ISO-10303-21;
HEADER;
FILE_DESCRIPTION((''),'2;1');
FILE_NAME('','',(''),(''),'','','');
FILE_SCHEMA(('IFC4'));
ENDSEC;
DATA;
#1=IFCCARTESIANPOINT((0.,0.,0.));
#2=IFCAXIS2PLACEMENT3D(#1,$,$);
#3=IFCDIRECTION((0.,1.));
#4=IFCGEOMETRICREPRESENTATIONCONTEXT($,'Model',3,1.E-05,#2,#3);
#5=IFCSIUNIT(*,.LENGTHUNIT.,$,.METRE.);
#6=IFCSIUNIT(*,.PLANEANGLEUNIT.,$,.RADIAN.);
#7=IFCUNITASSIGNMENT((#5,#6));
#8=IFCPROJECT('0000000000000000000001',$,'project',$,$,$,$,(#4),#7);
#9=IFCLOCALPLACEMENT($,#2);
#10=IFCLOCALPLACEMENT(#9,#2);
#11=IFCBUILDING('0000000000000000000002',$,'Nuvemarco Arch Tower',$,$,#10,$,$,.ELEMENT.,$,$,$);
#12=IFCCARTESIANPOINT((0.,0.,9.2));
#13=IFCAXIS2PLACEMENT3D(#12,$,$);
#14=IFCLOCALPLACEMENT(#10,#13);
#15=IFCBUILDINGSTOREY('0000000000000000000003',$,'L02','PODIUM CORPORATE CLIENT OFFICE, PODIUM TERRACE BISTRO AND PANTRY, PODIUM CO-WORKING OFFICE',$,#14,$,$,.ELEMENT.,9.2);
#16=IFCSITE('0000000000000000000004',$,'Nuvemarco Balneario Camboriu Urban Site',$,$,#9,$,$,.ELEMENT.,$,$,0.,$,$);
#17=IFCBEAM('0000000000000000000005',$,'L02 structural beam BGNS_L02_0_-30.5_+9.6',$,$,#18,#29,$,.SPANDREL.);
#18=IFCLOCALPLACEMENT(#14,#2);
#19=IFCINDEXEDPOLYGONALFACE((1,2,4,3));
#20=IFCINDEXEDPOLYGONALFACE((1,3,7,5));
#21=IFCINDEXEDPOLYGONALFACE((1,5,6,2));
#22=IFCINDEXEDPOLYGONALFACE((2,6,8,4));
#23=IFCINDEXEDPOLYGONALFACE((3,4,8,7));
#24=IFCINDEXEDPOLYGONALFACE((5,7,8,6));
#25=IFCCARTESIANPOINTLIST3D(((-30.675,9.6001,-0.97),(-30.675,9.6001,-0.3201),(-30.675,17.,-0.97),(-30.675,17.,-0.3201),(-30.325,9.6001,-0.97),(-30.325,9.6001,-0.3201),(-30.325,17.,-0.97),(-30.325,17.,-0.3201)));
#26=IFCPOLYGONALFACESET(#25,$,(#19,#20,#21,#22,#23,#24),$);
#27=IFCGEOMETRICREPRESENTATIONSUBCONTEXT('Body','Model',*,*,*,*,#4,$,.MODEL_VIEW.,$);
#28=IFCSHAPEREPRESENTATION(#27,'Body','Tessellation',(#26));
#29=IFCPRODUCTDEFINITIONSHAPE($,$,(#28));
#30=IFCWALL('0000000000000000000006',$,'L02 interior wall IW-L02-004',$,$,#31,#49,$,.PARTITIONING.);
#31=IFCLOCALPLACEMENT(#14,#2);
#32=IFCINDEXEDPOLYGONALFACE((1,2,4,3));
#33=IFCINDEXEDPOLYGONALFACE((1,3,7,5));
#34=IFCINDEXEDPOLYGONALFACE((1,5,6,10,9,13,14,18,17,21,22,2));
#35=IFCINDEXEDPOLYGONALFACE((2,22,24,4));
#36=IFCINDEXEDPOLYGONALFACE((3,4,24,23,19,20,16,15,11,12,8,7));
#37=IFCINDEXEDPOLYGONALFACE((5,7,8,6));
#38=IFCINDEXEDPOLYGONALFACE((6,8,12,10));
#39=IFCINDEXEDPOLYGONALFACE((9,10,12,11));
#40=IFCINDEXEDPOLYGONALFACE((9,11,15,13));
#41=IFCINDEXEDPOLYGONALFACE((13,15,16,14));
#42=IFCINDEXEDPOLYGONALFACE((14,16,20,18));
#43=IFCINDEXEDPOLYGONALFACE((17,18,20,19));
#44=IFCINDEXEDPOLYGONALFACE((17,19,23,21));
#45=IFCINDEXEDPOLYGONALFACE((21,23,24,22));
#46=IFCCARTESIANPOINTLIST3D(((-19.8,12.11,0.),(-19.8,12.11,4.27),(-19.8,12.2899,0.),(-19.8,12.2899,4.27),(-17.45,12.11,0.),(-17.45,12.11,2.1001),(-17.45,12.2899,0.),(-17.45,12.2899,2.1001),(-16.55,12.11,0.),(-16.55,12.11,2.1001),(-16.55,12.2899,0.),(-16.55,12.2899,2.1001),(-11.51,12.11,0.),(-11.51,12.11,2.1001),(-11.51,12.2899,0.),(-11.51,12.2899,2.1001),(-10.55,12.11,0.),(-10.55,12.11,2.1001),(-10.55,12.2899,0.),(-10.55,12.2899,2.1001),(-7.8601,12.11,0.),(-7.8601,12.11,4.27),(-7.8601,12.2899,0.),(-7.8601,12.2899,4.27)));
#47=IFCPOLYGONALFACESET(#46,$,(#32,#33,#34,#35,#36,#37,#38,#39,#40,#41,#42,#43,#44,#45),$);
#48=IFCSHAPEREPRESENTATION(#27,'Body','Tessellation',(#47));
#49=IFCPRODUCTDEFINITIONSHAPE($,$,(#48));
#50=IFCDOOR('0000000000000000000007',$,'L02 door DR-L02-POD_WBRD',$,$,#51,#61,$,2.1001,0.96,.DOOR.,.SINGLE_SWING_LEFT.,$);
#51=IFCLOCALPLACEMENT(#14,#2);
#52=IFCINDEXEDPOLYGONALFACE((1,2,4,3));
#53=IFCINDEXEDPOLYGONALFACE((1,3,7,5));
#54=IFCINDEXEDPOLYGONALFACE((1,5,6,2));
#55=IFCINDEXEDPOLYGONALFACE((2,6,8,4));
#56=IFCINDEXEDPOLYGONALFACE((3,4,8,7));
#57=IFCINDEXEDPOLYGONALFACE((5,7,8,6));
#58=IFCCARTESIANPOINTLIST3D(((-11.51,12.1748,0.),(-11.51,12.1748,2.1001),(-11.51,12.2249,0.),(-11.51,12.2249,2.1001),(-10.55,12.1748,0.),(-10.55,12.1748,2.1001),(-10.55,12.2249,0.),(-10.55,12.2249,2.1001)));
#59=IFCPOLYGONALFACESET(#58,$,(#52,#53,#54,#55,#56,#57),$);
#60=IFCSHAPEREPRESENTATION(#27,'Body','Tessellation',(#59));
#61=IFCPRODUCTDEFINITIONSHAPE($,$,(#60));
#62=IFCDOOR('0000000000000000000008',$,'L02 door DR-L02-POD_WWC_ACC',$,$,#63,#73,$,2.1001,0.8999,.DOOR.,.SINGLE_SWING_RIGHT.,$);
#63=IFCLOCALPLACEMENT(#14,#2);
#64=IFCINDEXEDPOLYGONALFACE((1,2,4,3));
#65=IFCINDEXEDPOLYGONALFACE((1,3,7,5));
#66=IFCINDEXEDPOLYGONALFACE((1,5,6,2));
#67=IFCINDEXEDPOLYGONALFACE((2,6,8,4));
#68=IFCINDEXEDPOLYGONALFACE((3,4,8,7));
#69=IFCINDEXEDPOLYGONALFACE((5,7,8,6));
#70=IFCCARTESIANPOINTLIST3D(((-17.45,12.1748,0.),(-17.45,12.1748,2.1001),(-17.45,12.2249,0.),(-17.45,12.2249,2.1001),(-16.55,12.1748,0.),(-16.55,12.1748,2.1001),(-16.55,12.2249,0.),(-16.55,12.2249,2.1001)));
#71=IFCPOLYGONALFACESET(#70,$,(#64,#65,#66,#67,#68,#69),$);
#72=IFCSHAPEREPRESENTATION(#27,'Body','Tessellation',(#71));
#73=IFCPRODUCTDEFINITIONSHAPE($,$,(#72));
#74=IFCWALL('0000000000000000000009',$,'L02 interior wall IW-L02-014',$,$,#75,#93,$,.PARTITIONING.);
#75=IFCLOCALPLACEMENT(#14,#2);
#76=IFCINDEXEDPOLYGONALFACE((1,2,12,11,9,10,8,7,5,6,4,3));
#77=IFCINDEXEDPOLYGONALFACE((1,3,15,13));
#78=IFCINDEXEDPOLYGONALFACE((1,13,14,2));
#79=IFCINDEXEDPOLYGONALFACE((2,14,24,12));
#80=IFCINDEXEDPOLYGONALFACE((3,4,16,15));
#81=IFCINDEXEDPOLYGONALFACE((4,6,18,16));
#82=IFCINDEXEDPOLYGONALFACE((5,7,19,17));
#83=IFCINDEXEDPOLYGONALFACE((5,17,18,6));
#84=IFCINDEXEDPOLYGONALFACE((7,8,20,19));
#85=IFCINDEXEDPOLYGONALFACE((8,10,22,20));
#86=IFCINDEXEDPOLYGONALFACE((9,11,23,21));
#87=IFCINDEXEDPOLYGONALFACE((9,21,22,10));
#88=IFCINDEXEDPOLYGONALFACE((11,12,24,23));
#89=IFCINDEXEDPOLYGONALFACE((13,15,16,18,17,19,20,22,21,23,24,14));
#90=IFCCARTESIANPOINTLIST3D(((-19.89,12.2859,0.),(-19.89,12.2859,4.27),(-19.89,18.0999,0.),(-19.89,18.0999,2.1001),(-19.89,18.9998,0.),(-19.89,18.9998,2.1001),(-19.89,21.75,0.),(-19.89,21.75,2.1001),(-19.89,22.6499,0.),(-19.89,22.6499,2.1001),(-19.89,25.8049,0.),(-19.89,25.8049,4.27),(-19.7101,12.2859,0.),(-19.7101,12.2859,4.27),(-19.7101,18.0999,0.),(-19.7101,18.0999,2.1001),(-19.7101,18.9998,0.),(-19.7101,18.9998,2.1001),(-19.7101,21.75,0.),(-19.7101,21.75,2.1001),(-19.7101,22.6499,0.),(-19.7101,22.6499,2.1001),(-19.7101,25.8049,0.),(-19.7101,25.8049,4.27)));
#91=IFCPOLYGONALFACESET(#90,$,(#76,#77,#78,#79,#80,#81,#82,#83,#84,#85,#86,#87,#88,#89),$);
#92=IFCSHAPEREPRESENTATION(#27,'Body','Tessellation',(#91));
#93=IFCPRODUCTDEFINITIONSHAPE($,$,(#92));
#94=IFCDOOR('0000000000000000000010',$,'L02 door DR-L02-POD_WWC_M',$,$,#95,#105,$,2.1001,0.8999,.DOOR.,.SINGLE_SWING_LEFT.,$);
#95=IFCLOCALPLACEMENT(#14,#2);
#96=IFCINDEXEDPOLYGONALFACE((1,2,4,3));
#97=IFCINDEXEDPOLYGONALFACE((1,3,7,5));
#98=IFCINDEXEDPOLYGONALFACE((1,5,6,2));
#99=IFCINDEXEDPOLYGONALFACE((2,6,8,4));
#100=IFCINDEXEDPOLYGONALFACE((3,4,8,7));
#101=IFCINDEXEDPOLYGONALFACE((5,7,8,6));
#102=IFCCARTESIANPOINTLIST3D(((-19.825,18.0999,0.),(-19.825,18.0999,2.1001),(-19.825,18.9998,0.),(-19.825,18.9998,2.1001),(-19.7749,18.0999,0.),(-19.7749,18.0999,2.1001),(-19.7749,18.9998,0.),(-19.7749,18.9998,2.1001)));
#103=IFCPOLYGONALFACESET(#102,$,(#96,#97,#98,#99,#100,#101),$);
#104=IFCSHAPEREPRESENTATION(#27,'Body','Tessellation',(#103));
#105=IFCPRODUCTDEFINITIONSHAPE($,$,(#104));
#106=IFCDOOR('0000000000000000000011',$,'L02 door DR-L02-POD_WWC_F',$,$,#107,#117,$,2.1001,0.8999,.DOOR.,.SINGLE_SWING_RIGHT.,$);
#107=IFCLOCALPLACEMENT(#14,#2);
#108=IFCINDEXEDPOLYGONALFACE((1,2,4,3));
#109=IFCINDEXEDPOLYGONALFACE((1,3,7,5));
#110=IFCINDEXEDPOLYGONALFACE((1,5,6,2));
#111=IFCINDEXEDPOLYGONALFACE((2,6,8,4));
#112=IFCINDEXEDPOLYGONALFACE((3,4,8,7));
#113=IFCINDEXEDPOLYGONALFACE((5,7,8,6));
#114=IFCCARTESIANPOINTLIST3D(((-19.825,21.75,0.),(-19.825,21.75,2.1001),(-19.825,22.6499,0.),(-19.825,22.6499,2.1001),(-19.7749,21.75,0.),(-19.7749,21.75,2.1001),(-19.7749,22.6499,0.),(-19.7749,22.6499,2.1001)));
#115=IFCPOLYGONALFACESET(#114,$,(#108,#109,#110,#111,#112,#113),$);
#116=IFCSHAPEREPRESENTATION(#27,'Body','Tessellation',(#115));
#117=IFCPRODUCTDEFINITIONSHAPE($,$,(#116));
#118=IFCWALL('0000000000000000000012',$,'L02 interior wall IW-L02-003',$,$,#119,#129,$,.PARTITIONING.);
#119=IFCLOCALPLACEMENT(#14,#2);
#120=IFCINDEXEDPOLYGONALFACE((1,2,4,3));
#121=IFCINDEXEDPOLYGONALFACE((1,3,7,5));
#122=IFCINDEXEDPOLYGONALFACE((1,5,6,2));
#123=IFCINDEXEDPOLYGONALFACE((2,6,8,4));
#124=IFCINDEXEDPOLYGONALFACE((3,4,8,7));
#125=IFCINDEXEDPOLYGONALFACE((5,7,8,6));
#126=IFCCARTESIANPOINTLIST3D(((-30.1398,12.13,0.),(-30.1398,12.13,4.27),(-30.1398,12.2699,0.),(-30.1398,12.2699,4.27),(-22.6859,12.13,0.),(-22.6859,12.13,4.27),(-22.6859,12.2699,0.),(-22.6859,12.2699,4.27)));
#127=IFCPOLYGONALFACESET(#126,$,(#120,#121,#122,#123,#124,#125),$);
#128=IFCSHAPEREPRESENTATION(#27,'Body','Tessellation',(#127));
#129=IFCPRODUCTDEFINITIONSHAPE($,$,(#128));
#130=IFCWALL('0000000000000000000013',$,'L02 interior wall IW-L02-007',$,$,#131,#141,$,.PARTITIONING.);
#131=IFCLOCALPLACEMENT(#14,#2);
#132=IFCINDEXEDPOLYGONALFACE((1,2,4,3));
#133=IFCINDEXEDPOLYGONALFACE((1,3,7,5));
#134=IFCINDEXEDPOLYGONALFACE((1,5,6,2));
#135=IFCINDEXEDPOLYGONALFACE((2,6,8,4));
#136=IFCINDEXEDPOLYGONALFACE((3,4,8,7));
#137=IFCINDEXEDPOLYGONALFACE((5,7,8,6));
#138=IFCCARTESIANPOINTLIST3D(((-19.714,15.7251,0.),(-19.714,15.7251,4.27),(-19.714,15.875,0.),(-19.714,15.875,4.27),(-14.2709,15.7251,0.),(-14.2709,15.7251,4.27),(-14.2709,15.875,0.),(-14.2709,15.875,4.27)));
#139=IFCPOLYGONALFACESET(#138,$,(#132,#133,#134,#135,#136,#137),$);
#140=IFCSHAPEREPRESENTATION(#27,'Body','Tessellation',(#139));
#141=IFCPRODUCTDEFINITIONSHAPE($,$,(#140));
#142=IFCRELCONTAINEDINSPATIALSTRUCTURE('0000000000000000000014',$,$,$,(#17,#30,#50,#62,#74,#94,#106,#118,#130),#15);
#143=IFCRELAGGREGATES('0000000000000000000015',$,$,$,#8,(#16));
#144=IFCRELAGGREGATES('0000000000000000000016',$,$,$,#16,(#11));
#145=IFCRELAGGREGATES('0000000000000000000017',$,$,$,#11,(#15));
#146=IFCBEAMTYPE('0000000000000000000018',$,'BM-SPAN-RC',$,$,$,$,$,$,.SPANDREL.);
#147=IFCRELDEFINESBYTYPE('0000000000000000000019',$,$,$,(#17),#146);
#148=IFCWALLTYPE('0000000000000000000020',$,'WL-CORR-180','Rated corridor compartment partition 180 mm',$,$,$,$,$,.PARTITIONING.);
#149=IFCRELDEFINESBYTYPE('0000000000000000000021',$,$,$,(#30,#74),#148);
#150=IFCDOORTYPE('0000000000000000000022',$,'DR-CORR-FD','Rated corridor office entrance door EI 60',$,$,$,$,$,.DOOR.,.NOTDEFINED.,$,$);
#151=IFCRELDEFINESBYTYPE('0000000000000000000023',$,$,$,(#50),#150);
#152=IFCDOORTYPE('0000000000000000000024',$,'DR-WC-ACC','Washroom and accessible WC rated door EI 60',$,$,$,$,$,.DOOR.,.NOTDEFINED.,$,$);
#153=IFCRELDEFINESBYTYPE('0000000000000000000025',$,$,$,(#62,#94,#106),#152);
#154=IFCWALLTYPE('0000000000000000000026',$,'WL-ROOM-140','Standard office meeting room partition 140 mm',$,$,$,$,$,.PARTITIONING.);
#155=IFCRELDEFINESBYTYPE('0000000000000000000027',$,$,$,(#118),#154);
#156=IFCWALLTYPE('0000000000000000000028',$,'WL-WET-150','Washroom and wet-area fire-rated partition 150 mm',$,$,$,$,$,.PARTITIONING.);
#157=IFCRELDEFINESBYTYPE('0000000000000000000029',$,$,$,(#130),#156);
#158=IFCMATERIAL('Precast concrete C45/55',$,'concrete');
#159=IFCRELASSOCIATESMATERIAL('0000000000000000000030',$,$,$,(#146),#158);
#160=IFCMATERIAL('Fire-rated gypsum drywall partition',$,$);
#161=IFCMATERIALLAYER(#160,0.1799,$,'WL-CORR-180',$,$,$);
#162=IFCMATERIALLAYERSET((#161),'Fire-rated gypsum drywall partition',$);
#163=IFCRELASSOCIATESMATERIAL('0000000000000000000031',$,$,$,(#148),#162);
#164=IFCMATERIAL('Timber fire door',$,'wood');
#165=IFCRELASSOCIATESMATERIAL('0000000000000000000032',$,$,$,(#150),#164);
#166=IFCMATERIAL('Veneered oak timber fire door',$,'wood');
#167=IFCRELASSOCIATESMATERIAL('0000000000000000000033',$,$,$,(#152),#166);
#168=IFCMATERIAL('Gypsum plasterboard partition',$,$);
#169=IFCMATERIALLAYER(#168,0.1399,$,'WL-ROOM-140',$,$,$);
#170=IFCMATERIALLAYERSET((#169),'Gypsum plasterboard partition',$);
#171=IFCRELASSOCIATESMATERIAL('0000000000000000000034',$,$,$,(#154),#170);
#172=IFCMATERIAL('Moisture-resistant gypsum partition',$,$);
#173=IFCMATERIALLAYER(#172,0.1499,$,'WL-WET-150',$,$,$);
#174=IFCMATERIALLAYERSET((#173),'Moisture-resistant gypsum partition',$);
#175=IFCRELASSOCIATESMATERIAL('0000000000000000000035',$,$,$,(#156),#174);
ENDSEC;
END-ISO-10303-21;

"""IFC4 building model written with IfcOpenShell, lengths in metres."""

from ifc_helpers import new_model, si_unit, direction, frame, frame_2d, origin, origin_2d, place, context, subcontext, project, spatial, rectangle, extrude, source, transform, mapped, material, layer, layer_set, material_profile, profile_set, type_object, type_shapes, element, fill, save


model = new_model("IFC4")

# Units and contexts
model_context = context("Model", 3, precision=1e-05, world=origin(), true_north=direction((0.0, 1.0)))
body_context = subcontext(model_context, "Body", "Model", "MODEL_VIEW")
ifc_project = project(units=[si_unit("LENGTHUNIT", "METRE"), si_unit("PLANEANGLEUNIT", "RADIAN")], contexts=[model_context])

# Site, building, storey
site_placement = place(None, origin())
site = spatial("IfcSite", under=ifc_project, at=site_placement, Name="Nuvemarco Balneario Camboriu Urban Site", CompositionType="ELEMENT", RefElevation=0.0)
building_placement = place(site_placement, origin())
building = spatial("IfcBuilding", under=site, at=building_placement, Name="Nuvemarco Arch Tower", CompositionType="ELEMENT")
storey_placement = place(building_placement, frame((0.0, 0.0, 9.2)))
storey = spatial("IfcBuildingStorey", under=building, at=storey_placement, Name="L02", Description="PODIUM CORPORATE CLIENT OFFICE, PODIUM TERRACE BISTRO AND PANTRY, PODIUM CO-WORKING OFFICE", CompositionType="ELEMENT", Elevation=9.2)

# Beam
ifc_material_1 = material(Name="Precast concrete C45/55", Category="concrete")
ifc_material_profile_1 = material_profile(ifc_material_1, rectangle(XDim=0.3501, YDim=0.6499, at=origin_2d()), Name="PC-SP-350x650")
ifc_profile_set_1 = profile_set([ifc_material_profile_1], Name="Precast concrete C45/55")
beam_type_1 = type_object("IfcBeamType", Name="BM-SPAN-RC", PredefinedType="SPANDREL", material=ifc_profile_set_1)
beam_1_placement = place(storey_placement, frame((-30.5, 9.6001, -0.645), z_axis=(0.0, 1.0, 0.0), x_axis=(-1.0, 0.0, 0.0)))
element("IfcBeam", 1, at=beam_1_placement, inside=storey, type_object=beam_type_1, Name="L02 structural beam BGNS_L02_0_-30.5_+9.6", PredefinedType="SPANDREL", context=body_context, shape_type="SweptSolid", body=[
    extrude(rectangle(XDim=0.3501, YDim=0.6499, at=origin_2d()), origin(), (0.0, 0.0, 1.0), 7.3999),
])

# Walls, openings, doors
ifc_material_2 = material(Name="Fire-rated gypsum drywall partition")
ifc_layer_1 = layer(ifc_material_2, 0.1799, Name="WL-CORR-180")
ifc_layer_set_1 = layer_set([ifc_layer_1], Name="Fire-rated gypsum drywall partition")
wall_type_1 = type_object("IfcWallType", Name="WL-CORR-180", Description="Rated corridor compartment partition 180 mm", PredefinedType="PARTITIONING", material=ifc_layer_set_1)
wall_1_placement = place(storey_placement, frame((-19.8, 12.2, 0.0), z_axis=(0.0, 0.0, 1.0), x_axis=(1.0, 0.0, 0.0)))
wall_1 = element("IfcWall", 2, at=wall_1_placement, inside=storey, type_object=wall_type_1, Name="L02 interior wall IW-L02-004", PredefinedType="PARTITIONING", context=body_context, shape_type="SweptSolid", body=[
    extrude(rectangle(XDim=11.9399, YDim=0.1799, at=frame_2d((5.97, 0.0))), origin(), (0.0, 0.0, 1.0), 4.27),
])
opening_1_placement = place(wall_1_placement, frame((8.29, 0.0, 0.0)))
opening_1 = element("IfcOpeningElement", 3, at=opening_1_placement, cuts=wall_1, PredefinedType="OPENING", context=body_context, shape_type="SweptSolid", body=[
    extrude(rectangle(XDim=0.96, YDim=2.1001, at=frame_2d((0.48, 1.05))), frame((0.0, 0.0999, 0.0), z_axis=(0.0, -1.0, 0.0), x_axis=(1.0, 0.0, 0.0)), (0.0, 0.0, 1.0), 0.2),
])
opening_2_placement = place(wall_1_placement, frame((2.3501, 0.0, 0.0)))
opening_2 = element("IfcOpeningElement", 4, at=opening_2_placement, cuts=wall_1, PredefinedType="OPENING", context=body_context, shape_type="SweptSolid", body=[
    extrude(rectangle(XDim=0.8999, YDim=2.1001, at=frame_2d((0.45, 1.05))), frame((0.0, 0.0999, 0.0), z_axis=(0.0, -1.0, 0.0), x_axis=(1.0, 0.0, 0.0)), (0.0, 0.0, 1.0), 0.2),
])
ifc_material_3 = material(Name="Timber fire door", Category="wood")
door_type_1 = type_object("IfcDoorType", Name="DR-CORR-FD", Description="Rated corridor office entrance door EI 60", OperationType="NOTDEFINED", PredefinedType="DOOR", material=ifc_material_3)
shared_shape_1 = source(origin(), body_context, "Body", "SweptSolid", [
    extrude(rectangle(XDim=0.96, YDim=2.1001, at=frame_2d((0.48, 1.05))), frame((0.0, 0.0249, 0.0), z_axis=(0.0, -1.0, 0.0), x_axis=(1.0, 0.0, 0.0)), (0.0, 0.0, 1.0), 0.05),
])
type_shapes(door_type_1, [shared_shape_1])
door_1_placement = place(opening_1_placement, origin())
door_1 = element("IfcDoor", 5, at=door_1_placement, inside=storey, type_object=door_type_1, Name="L02 door DR-L02-POD_WBRD", OperationType="SINGLE_SWING_LEFT", OverallHeight=2.1001, OverallWidth=0.96, PredefinedType="DOOR", context=body_context, shape_type="MappedRepresentation", body=[
    mapped(shared_shape_1, transform((0.0, 0.0, 0.0), scale=1.0)),
])
fill(opening_1, door_1)
ifc_material_4 = material(Name="Veneered oak timber fire door", Category="wood")
door_type_2 = type_object("IfcDoorType", Name="DR-WC-ACC", Description="Washroom and accessible WC rated door EI 60", OperationType="NOTDEFINED", PredefinedType="DOOR", material=ifc_material_4)
shared_shape_2 = source(origin(), body_context, "Body", "SweptSolid", [
    extrude(rectangle(XDim=0.8999, YDim=2.1001, at=frame_2d((0.45, 1.05))), frame((0.0, 0.0249, 0.0), z_axis=(0.0, -1.0, 0.0), x_axis=(1.0, 0.0, 0.0)), (0.0, 0.0, 1.0), 0.05),
])
type_shapes(door_type_2, [shared_shape_2])
door_2_placement = place(opening_2_placement, origin())
door_2 = element("IfcDoor", 6, at=door_2_placement, inside=storey, type_object=door_type_2, Name="L02 door DR-L02-POD_WWC_ACC", OperationType="SINGLE_SWING_RIGHT", OverallHeight=2.1001, OverallWidth=0.8999, PredefinedType="DOOR", context=body_context, shape_type="MappedRepresentation", body=[
    mapped(shared_shape_2, transform((0.0, 0.0, 0.0), scale=1.0)),
])
fill(opening_2, door_2)
wall_2_placement = place(storey_placement, frame((-19.8, 12.2859, 0.0), z_axis=(0.0, 0.0, 1.0), x_axis=(0.0, 1.0, 0.0)))
wall_2 = element("IfcWall", 7, at=wall_2_placement, inside=storey, type_object=wall_type_1, Name="L02 interior wall IW-L02-014", PredefinedType="PARTITIONING", context=body_context, shape_type="SweptSolid", body=[
    extrude(rectangle(XDim=13.519, YDim=0.1799, at=frame_2d((6.7595, 0.0))), origin(), (0.0, 0.0, 1.0), 4.27),
])
opening_3_placement = place(wall_2_placement, frame((5.814, 0.0, 0.0)))
opening_3 = element("IfcOpeningElement", 8, at=opening_3_placement, cuts=wall_2, PredefinedType="OPENING", context=body_context, shape_type="SweptSolid", body=[
    extrude(rectangle(XDim=0.8999, YDim=2.1001, at=frame_2d((0.45, 1.05))), frame((0.0, 0.0999, 0.0), z_axis=(0.0, -1.0, 0.0), x_axis=(1.0, 0.0, 0.0)), (0.0, 0.0, 1.0), 0.2),
])
opening_4_placement = place(wall_2_placement, frame((9.4641, 0.0, 0.0)))
opening_4 = element("IfcOpeningElement", 9, at=opening_4_placement, cuts=wall_2, PredefinedType="OPENING", context=body_context, shape_type="SweptSolid", body=[
    extrude(rectangle(XDim=0.8999, YDim=2.1001, at=frame_2d((0.45, 1.05))), frame((0.0, 0.0999, 0.0), z_axis=(0.0, -1.0, 0.0), x_axis=(1.0, 0.0, 0.0)), (0.0, 0.0, 1.0), 0.2),
])
door_3_placement = place(opening_3_placement, origin())
door_3 = element("IfcDoor", 10, at=door_3_placement, inside=storey, type_object=door_type_2, Name="L02 door DR-L02-POD_WWC_M", OperationType="SINGLE_SWING_LEFT", OverallHeight=2.1001, OverallWidth=0.8999, PredefinedType="DOOR", context=body_context, shape_type="MappedRepresentation", body=[
    mapped(shared_shape_2, transform((0.0, 0.0, 0.0), scale=1.0)),
])
fill(opening_3, door_3)
door_4_placement = place(opening_4_placement, origin())
door_4 = element("IfcDoor", 11, at=door_4_placement, inside=storey, type_object=door_type_2, Name="L02 door DR-L02-POD_WWC_F", OperationType="SINGLE_SWING_RIGHT", OverallHeight=2.1001, OverallWidth=0.8999, PredefinedType="DOOR", context=body_context, shape_type="MappedRepresentation", body=[
    mapped(shared_shape_2, transform((0.0, 0.0, 0.0), scale=1.0)),
])
fill(opening_4, door_4)

# Walls
ifc_material_5 = material(Name="Gypsum plasterboard partition")
ifc_layer_2 = layer(ifc_material_5, 0.1399, Name="WL-ROOM-140")
ifc_layer_set_2 = layer_set([ifc_layer_2], Name="Gypsum plasterboard partition")
wall_type_2 = type_object("IfcWallType", Name="WL-ROOM-140", Description="Standard office meeting room partition 140 mm", PredefinedType="PARTITIONING", material=ifc_layer_set_2)
wall_3_placement = place(storey_placement, frame((-30.1399, 12.2, 0.0), z_axis=(0.0, 0.0, 1.0), x_axis=(1.0, 0.0, 0.0)))
element("IfcWall", 12, at=wall_3_placement, inside=storey, type_object=wall_type_2, Name="L02 interior wall IW-L02-003", PredefinedType="PARTITIONING", context=body_context, shape_type="SweptSolid", body=[
    extrude(rectangle(XDim=7.4539, YDim=0.1399, at=frame_2d((3.7271, 0.0))), origin(), (0.0, 0.0, 1.0), 4.27),
])
ifc_material_6 = material(Name="Moisture-resistant gypsum partition")
ifc_layer_3 = layer(ifc_material_6, 0.1499, Name="WL-WET-150")
ifc_layer_set_3 = layer_set([ifc_layer_3], Name="Moisture-resistant gypsum partition")
wall_type_3 = type_object("IfcWallType", Name="WL-WET-150", Description="Washroom and wet-area fire-rated partition 150 mm", PredefinedType="PARTITIONING", material=ifc_layer_set_3)
wall_4_placement = place(storey_placement, frame((-19.7141, 15.8, 0.0), z_axis=(0.0, 0.0, 1.0), x_axis=(1.0, 0.0, 0.0)))
element("IfcWall", 13, at=wall_4_placement, inside=storey, type_object=wall_type_3, Name="L02 interior wall IW-L02-007", PredefinedType="PARTITIONING", context=body_context, shape_type="SweptSolid", body=[
    extrude(rectangle(XDim=5.4431, YDim=0.1499, at=frame_2d((2.7217, 0.0))), origin(), (0.0, 0.0, 1.0), 4.27),
])

save(model, "model.ifc")
